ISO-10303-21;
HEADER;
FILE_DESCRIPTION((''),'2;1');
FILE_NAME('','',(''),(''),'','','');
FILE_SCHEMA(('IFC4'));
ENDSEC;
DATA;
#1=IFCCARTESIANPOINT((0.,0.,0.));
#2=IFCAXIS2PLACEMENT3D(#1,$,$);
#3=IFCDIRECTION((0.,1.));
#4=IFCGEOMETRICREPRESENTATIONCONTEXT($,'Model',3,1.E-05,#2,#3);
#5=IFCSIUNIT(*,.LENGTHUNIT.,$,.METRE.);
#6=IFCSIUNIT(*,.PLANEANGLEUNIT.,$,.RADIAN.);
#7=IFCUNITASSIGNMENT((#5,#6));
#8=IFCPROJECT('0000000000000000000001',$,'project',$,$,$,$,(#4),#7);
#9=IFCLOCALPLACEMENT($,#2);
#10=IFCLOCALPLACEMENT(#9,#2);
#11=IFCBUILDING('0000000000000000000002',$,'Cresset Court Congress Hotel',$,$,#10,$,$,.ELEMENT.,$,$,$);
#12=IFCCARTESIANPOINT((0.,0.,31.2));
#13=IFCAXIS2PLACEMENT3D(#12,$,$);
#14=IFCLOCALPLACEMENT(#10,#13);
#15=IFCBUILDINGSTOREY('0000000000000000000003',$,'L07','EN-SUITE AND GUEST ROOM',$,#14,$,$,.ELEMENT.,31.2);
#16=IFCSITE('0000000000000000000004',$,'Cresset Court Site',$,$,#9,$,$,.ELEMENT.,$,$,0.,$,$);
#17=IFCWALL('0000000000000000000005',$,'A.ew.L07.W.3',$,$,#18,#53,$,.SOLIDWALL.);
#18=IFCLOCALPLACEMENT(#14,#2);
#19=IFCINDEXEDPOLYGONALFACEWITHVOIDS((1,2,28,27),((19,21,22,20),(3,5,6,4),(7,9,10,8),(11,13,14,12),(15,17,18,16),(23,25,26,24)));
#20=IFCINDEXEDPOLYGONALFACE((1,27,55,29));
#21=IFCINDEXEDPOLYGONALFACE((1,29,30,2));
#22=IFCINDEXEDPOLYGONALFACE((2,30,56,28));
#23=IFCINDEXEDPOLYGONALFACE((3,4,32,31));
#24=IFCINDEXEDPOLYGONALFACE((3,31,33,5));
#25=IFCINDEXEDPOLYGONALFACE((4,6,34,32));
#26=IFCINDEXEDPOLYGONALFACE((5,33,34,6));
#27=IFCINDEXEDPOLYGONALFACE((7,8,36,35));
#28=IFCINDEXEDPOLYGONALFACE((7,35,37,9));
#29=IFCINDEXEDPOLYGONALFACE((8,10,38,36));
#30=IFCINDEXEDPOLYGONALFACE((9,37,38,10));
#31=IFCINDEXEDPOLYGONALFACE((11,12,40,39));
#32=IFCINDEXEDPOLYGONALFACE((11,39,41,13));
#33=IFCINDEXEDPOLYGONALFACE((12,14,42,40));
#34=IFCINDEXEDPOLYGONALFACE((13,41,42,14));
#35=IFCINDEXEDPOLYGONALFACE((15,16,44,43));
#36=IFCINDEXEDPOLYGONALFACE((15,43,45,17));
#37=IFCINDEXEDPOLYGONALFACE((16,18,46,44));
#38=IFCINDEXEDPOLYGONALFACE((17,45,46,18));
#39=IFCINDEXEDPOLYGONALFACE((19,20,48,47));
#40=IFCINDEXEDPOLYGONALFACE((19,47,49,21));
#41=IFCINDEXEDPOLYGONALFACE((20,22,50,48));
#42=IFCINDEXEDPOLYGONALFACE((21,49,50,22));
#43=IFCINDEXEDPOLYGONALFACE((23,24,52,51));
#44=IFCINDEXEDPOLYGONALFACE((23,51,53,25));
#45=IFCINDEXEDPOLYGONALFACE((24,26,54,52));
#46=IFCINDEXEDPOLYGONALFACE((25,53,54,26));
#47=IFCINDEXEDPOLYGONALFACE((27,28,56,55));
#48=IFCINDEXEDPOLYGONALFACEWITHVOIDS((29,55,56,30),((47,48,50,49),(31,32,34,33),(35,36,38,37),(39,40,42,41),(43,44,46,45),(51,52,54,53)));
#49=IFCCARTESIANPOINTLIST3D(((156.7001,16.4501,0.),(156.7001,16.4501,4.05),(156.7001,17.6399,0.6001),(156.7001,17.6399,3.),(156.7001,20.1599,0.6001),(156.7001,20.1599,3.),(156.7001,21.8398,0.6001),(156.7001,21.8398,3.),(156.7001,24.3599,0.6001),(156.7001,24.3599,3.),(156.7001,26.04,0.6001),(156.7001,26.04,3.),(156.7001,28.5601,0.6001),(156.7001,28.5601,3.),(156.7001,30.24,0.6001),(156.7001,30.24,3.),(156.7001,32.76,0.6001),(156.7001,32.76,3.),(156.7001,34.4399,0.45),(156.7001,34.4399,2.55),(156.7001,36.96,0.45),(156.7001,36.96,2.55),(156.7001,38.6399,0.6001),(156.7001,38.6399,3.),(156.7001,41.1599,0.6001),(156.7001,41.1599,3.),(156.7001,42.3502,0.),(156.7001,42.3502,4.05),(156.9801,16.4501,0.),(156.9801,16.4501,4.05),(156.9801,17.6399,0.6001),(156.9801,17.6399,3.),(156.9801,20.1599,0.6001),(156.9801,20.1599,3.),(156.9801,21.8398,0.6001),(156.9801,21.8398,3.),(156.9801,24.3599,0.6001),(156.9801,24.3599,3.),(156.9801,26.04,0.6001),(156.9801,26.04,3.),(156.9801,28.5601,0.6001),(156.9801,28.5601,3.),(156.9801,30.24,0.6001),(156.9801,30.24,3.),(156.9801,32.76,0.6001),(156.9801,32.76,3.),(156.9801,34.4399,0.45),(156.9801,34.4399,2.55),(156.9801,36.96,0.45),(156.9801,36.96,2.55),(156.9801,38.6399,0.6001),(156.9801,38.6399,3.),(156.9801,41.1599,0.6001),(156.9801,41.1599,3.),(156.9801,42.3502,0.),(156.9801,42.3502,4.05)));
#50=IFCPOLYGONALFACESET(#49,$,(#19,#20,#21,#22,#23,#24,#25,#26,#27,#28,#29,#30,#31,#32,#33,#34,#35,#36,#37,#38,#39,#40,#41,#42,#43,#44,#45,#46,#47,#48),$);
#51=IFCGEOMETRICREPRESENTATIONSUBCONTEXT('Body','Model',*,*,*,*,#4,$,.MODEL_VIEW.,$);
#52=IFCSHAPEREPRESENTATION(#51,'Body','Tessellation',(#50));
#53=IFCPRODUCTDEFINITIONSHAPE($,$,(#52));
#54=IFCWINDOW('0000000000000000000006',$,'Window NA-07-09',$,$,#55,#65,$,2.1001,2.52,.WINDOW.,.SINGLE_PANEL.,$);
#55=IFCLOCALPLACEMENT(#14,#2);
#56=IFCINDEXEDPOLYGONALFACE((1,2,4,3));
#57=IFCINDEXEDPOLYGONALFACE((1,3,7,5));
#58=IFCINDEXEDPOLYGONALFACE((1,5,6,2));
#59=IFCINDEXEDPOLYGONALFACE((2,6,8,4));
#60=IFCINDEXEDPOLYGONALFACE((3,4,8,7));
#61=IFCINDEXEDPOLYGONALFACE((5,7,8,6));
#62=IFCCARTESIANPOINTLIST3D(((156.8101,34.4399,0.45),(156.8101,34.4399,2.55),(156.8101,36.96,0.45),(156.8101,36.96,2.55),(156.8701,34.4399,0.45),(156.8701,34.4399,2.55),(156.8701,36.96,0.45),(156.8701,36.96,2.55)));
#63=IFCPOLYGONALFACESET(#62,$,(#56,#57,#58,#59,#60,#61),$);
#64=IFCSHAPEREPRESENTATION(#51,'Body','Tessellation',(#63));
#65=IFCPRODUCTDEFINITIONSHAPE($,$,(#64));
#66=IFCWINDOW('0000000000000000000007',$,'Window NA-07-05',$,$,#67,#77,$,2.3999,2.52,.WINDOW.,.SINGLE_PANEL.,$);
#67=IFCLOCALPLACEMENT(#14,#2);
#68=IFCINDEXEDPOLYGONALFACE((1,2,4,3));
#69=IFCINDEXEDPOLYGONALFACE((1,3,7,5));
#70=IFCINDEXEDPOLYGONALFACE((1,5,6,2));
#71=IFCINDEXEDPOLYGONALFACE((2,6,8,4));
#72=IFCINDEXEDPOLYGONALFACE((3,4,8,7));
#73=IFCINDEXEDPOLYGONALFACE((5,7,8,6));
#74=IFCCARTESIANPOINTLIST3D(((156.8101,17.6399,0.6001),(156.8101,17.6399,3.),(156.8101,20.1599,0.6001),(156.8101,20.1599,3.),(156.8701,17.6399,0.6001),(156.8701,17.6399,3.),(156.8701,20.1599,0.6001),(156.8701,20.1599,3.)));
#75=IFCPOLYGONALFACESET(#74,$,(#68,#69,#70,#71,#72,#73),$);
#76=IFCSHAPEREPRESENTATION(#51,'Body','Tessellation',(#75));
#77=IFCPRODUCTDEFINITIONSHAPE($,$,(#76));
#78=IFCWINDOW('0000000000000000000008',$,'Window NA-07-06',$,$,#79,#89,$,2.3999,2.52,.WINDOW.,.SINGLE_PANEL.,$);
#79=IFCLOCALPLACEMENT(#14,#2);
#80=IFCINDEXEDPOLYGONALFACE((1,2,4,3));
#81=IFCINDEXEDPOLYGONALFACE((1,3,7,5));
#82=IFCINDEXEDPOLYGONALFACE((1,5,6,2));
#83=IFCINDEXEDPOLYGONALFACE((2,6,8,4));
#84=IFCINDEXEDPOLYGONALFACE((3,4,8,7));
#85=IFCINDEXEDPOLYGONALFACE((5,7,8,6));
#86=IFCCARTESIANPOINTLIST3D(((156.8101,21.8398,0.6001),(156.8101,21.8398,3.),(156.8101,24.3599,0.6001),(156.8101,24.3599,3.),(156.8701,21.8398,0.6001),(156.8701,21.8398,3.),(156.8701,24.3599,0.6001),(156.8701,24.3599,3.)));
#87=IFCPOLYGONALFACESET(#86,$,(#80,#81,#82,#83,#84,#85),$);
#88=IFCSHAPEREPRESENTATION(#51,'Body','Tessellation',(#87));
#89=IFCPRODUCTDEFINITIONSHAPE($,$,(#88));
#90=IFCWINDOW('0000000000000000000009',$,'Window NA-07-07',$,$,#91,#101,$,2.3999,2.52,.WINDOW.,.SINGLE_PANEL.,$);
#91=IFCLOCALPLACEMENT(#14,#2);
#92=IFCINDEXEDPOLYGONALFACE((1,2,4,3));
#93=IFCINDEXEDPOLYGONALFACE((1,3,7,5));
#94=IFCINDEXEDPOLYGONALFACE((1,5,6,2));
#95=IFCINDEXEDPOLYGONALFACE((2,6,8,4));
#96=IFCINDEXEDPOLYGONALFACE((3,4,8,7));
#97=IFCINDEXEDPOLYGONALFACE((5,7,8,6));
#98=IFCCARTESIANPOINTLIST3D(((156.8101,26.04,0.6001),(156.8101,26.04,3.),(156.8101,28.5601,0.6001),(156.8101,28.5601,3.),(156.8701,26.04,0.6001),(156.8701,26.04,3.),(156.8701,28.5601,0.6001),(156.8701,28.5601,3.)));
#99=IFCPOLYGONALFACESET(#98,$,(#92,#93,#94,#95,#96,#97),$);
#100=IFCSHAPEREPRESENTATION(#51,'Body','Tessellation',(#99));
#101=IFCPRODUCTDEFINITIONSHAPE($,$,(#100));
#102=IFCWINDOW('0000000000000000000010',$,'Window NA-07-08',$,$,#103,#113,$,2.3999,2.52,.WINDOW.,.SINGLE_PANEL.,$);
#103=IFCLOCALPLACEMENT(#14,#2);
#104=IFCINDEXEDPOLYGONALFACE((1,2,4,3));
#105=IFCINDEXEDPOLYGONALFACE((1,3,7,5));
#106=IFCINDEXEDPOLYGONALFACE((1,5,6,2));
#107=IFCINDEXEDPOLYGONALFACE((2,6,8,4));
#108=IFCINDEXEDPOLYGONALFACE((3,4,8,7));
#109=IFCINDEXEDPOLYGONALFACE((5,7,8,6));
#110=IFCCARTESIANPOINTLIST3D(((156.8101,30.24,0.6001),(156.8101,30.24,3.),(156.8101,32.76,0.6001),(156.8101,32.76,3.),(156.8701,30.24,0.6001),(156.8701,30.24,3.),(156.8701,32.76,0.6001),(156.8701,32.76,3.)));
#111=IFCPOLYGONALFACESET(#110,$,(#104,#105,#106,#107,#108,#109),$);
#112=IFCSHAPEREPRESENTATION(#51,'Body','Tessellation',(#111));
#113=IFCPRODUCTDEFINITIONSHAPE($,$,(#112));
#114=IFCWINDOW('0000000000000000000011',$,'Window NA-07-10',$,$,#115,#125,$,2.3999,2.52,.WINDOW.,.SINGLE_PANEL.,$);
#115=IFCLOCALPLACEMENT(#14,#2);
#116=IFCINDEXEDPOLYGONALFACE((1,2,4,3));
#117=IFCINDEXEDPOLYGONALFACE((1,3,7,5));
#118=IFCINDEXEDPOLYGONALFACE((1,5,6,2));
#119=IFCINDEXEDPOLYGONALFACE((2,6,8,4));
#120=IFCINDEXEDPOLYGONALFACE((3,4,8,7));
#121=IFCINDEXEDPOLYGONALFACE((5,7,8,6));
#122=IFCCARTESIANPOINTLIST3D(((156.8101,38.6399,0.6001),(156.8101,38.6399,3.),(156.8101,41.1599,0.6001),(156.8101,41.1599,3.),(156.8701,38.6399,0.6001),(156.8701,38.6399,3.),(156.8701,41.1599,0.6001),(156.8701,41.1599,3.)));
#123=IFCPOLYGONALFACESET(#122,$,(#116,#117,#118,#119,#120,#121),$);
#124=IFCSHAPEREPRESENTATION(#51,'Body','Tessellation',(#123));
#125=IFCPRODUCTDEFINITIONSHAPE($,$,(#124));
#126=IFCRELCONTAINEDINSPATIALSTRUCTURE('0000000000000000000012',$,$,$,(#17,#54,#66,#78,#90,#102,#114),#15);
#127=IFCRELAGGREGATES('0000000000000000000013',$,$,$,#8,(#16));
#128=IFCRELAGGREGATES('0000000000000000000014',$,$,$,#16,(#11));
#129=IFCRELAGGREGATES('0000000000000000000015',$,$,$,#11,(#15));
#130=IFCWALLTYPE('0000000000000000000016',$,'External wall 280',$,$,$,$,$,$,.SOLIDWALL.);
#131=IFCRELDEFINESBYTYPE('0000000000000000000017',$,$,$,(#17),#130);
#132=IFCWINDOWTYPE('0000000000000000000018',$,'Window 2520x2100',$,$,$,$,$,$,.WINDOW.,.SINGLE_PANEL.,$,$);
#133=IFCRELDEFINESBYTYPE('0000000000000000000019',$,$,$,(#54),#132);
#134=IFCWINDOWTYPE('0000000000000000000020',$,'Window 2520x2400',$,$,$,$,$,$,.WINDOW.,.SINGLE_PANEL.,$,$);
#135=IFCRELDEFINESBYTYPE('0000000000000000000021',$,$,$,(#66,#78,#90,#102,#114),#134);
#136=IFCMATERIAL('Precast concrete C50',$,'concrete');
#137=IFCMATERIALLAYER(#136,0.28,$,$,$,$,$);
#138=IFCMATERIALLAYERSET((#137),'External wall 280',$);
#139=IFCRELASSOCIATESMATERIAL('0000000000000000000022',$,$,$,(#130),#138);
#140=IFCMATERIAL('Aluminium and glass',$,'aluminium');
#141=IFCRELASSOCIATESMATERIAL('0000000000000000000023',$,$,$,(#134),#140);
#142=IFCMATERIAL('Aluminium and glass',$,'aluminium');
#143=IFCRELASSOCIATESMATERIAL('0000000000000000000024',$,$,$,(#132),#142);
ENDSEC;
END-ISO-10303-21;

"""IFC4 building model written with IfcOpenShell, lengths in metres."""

from ifc_helpers import new_model, si_unit, direction, frame, frame_2d, origin, place, context, subcontext, project, spatial, rectangle, extrude, material, layer, layer_set, type_object, element, fill, save


model = new_model("IFC4")

# Units and contexts
model_context = context("Model", 3, precision=1e-05, world=origin(), true_north=direction((0.0, 1.0)))
body_context = subcontext(model_context, "Body", "Model", "MODEL_VIEW")
ifc_project = project(units=[si_unit("LENGTHUNIT", "METRE"), si_unit("PLANEANGLEUNIT", "RADIAN")], contexts=[model_context])

# Site, building, storey
site_placement = place(None, origin())
site = spatial("IfcSite", under=ifc_project, at=site_placement, Name="Cresset Court Site", CompositionType="ELEMENT", RefElevation=0.0)
building_placement = place(site_placement, origin())
building = spatial("IfcBuilding", under=site, at=building_placement, Name="Cresset Court Congress Hotel", CompositionType="ELEMENT")
storey_placement = place(building_placement, frame((0.0, 0.0, 31.2)))
storey = spatial("IfcBuildingStorey", under=building, at=storey_placement, Name="L07", Description="EN-SUITE AND GUEST ROOM", CompositionType="ELEMENT", Elevation=31.2)

# Shared definitions
ifc_material_1 = material(Name="Precast concrete C50", Category="concrete")
ifc_layer_1 = layer(ifc_material_1, 0.28)
ifc_layer_set_1 = layer_set([ifc_layer_1], Name="External wall 280")
wall_type_1 = type_object("IfcWallType", Name="External wall 280", PredefinedType="SOLIDWALL", material=ifc_layer_set_1)

# Shared definitions
ifc_material_2 = material(Name="Aluminium and glass", Category="aluminium")
window_type_1 = type_object("IfcWindowType", Name="Window 2520x2400", PartitioningType="SINGLE_PANEL", PredefinedType="WINDOW", material=ifc_material_2)

# Wall, openings, windows
wall_1_placement = place(storey_placement, frame((156.8401, 16.45, 0.0), z_axis=(0.0, 0.0, 1.0), x_axis=(0.0, 1.0, 0.0)))
wall_1 = element("IfcWall", 1, at=wall_1_placement, inside=storey, type_object=wall_type_1, Name="A.ew.L07.W.3", PredefinedType="SOLIDWALL", context=body_context, shape_type="SweptSolid", body=[
    extrude(rectangle(XDim=25.9001, YDim=0.28, at=frame_2d((12.9502, 0.0))), origin(), (0.0, 0.0, 1.0), 4.05),
])
opening_1_placement = place(wall_1_placement, frame((1.1899, 0.0, 0.6001)))
opening_1 = element("IfcOpeningElement", 2, at=opening_1_placement, cuts=wall_1, PredefinedType="OPENING", context=body_context, shape_type="SweptSolid", body=[
    extrude(rectangle(XDim=2.52, YDim=2.3999, at=frame_2d((1.26, 1.2))), frame((0.0, 0.1499, 0.0), z_axis=(0.0, -1.0, 0.0), x_axis=(1.0, 0.0, 0.0)), (0.0, 0.0, 1.0), 0.3),
])
opening_2_placement = place(wall_1_placement, frame((5.3899, 0.0, 0.6001)))
opening_2 = element("IfcOpeningElement", 3, at=opening_2_placement, cuts=wall_1, PredefinedType="OPENING", context=body_context, shape_type="SweptSolid", body=[
    extrude(rectangle(XDim=2.52, YDim=2.3999, at=frame_2d((1.26, 1.2))), frame((0.0, 0.1499, 0.0), z_axis=(0.0, -1.0, 0.0), x_axis=(1.0, 0.0, 0.0)), (0.0, 0.0, 1.0), 0.3),
])
opening_3_placement = place(wall_1_placement, frame((9.5901, 0.0, 0.6001)))
opening_3 = element("IfcOpeningElement", 4, at=opening_3_placement, cuts=wall_1, PredefinedType="OPENING", context=body_context, shape_type="SweptSolid", body=[
    extrude(rectangle(XDim=2.52, YDim=2.3999, at=frame_2d((1.26, 1.2))), frame((0.0, 0.1499, 0.0), z_axis=(0.0, -1.0, 0.0), x_axis=(1.0, 0.0, 0.0)), (0.0, 0.0, 1.0), 0.3),
])
opening_4_placement = place(wall_1_placement, frame((13.79, 0.0, 0.6001)))
opening_4 = element("IfcOpeningElement", 5, at=opening_4_placement, cuts=wall_1, PredefinedType="OPENING", context=body_context, shape_type="SweptSolid", body=[
    extrude(rectangle(XDim=2.52, YDim=2.3999, at=frame_2d((1.26, 1.2))), frame((0.0, 0.1499, 0.0), z_axis=(0.0, -1.0, 0.0), x_axis=(1.0, 0.0, 0.0)), (0.0, 0.0, 1.0), 0.3),
])
opening_5_placement = place(wall_1_placement, frame((17.99, 0.0, 0.45)))
opening_5 = element("IfcOpeningElement", 6, at=opening_5_placement, cuts=wall_1, PredefinedType="OPENING", context=body_context, shape_type="SweptSolid", body=[
    extrude(rectangle(XDim=2.52, YDim=2.1001, at=frame_2d((1.26, 1.05))), frame((0.0, 0.1499, 0.0), z_axis=(0.0, -1.0, 0.0), x_axis=(1.0, 0.0, 0.0)), (0.0, 0.0, 1.0), 0.3),
])
opening_6_placement = place(wall_1_placement, frame((22.1899, 0.0, 0.6001)))
opening_6 = element("IfcOpeningElement", 7, at=opening_6_placement, cuts=wall_1, PredefinedType="OPENING", context=body_context, shape_type="SweptSolid", body=[
    extrude(rectangle(XDim=2.52, YDim=2.3999, at=frame_2d((1.26, 1.2))), frame((0.0, 0.1499, 0.0), z_axis=(0.0, -1.0, 0.0), x_axis=(1.0, 0.0, 0.0)), (0.0, 0.0, 1.0), 0.3),
])
ifc_material_3 = material(Name="Aluminium and glass", Category="aluminium")
window_type_2 = type_object("IfcWindowType", Name="Window 2520x2100", PartitioningType="SINGLE_PANEL", PredefinedType="WINDOW", material=ifc_material_3)
window_1_placement = place(opening_5_placement, origin())
window_1 = element("IfcWindow", 8, at=window_1_placement, inside=storey, type_object=window_type_2, Name="Window NA-07-09", OverallHeight=2.1001, OverallWidth=2.52, PartitioningType="SINGLE_PANEL", PredefinedType="WINDOW", context=body_context, shape_type="SweptSolid", body=[
    extrude(rectangle(XDim=2.52, YDim=2.1001, at=frame_2d((1.26, 1.05))), frame((0.0, 0.03, 0.0), z_axis=(0.0, -1.0, 0.0), x_axis=(1.0, 0.0, 0.0)), (0.0, 0.0, 1.0), 0.0601),
])
fill(opening_5, window_1)
window_2_placement = place(opening_1_placement, origin())
window_2 = element("IfcWindow", 9, at=window_2_placement, inside=storey, type_object=window_type_1, Name="Window NA-07-05", OverallHeight=2.3999, OverallWidth=2.52, PartitioningType="SINGLE_PANEL", PredefinedType="WINDOW", context=body_context, shape_type="SweptSolid", body=[
    extrude(rectangle(XDim=2.52, YDim=2.3999, at=frame_2d((1.26, 1.2))), frame((0.0, 0.03, 0.0), z_axis=(0.0, -1.0, 0.0), x_axis=(1.0, 0.0, 0.0)), (0.0, 0.0, 1.0), 0.0601),
])
fill(opening_1, window_2)
window_3_placement = place(opening_2_placement, origin())
window_3 = element("IfcWindow", 10, at=window_3_placement, inside=storey, type_object=window_type_1, Name="Window NA-07-06", OverallHeight=2.3999, OverallWidth=2.52, PartitioningType="SINGLE_PANEL", PredefinedType="WINDOW", context=body_context, shape_type="SweptSolid", body=[
    extrude(rectangle(XDim=2.52, YDim=2.3999, at=frame_2d((1.26, 1.2))), frame((0.0, 0.03, 0.0), z_axis=(0.0, -1.0, 0.0), x_axis=(1.0, 0.0, 0.0)), (0.0, 0.0, 1.0), 0.0601),
])
fill(opening_2, window_3)
window_4_placement = place(opening_3_placement, origin())
window_4 = element("IfcWindow", 11, at=window_4_placement, inside=storey, type_object=window_type_1, Name="Window NA-07-07", OverallHeight=2.3999, OverallWidth=2.52, PartitioningType="SINGLE_PANEL", PredefinedType="WINDOW", context=body_context, shape_type="SweptSolid", body=[
    extrude(rectangle(XDim=2.52, YDim=2.3999, at=frame_2d((1.26, 1.2))), frame((0.0, 0.03, 0.0), z_axis=(0.0, -1.0, 0.0), x_axis=(1.0, 0.0, 0.0)), (0.0, 0.0, 1.0), 0.0601),
])
fill(opening_3, window_4)
window_5_placement = place(opening_4_placement, origin())
window_5 = element("IfcWindow", 12, at=window_5_placement, inside=storey, type_object=window_type_1, Name="Window NA-07-08", OverallHeight=2.3999, OverallWidth=2.52, PartitioningType="SINGLE_PANEL", PredefinedType="WINDOW", context=body_context, shape_type="SweptSolid", body=[
    extrude(rectangle(XDim=2.52, YDim=2.3999, at=frame_2d((1.26, 1.2))), frame((0.0, 0.03, 0.0), z_axis=(0.0, -1.0, 0.0), x_axis=(1.0, 0.0, 0.0)), (0.0, 0.0, 1.0), 0.0601),
])
fill(opening_4, window_5)
window_6_placement = place(opening_6_placement, origin())
window_6 = element("IfcWindow", 13, at=window_6_placement, inside=storey, type_object=window_type_1, Name="Window NA-07-10", OverallHeight=2.3999, OverallWidth=2.52, PartitioningType="SINGLE_PANEL", PredefinedType="WINDOW", context=body_context, shape_type="SweptSolid", body=[
    extrude(rectangle(XDim=2.52, YDim=2.3999, at=frame_2d((1.26, 1.2))), frame((0.0, 0.03, 0.0), z_axis=(0.0, -1.0, 0.0), x_axis=(1.0, 0.0, 0.0)), (0.0, 0.0, 1.0), 0.0601),
])
fill(opening_6, window_6)

save(model, "model.ifc")
